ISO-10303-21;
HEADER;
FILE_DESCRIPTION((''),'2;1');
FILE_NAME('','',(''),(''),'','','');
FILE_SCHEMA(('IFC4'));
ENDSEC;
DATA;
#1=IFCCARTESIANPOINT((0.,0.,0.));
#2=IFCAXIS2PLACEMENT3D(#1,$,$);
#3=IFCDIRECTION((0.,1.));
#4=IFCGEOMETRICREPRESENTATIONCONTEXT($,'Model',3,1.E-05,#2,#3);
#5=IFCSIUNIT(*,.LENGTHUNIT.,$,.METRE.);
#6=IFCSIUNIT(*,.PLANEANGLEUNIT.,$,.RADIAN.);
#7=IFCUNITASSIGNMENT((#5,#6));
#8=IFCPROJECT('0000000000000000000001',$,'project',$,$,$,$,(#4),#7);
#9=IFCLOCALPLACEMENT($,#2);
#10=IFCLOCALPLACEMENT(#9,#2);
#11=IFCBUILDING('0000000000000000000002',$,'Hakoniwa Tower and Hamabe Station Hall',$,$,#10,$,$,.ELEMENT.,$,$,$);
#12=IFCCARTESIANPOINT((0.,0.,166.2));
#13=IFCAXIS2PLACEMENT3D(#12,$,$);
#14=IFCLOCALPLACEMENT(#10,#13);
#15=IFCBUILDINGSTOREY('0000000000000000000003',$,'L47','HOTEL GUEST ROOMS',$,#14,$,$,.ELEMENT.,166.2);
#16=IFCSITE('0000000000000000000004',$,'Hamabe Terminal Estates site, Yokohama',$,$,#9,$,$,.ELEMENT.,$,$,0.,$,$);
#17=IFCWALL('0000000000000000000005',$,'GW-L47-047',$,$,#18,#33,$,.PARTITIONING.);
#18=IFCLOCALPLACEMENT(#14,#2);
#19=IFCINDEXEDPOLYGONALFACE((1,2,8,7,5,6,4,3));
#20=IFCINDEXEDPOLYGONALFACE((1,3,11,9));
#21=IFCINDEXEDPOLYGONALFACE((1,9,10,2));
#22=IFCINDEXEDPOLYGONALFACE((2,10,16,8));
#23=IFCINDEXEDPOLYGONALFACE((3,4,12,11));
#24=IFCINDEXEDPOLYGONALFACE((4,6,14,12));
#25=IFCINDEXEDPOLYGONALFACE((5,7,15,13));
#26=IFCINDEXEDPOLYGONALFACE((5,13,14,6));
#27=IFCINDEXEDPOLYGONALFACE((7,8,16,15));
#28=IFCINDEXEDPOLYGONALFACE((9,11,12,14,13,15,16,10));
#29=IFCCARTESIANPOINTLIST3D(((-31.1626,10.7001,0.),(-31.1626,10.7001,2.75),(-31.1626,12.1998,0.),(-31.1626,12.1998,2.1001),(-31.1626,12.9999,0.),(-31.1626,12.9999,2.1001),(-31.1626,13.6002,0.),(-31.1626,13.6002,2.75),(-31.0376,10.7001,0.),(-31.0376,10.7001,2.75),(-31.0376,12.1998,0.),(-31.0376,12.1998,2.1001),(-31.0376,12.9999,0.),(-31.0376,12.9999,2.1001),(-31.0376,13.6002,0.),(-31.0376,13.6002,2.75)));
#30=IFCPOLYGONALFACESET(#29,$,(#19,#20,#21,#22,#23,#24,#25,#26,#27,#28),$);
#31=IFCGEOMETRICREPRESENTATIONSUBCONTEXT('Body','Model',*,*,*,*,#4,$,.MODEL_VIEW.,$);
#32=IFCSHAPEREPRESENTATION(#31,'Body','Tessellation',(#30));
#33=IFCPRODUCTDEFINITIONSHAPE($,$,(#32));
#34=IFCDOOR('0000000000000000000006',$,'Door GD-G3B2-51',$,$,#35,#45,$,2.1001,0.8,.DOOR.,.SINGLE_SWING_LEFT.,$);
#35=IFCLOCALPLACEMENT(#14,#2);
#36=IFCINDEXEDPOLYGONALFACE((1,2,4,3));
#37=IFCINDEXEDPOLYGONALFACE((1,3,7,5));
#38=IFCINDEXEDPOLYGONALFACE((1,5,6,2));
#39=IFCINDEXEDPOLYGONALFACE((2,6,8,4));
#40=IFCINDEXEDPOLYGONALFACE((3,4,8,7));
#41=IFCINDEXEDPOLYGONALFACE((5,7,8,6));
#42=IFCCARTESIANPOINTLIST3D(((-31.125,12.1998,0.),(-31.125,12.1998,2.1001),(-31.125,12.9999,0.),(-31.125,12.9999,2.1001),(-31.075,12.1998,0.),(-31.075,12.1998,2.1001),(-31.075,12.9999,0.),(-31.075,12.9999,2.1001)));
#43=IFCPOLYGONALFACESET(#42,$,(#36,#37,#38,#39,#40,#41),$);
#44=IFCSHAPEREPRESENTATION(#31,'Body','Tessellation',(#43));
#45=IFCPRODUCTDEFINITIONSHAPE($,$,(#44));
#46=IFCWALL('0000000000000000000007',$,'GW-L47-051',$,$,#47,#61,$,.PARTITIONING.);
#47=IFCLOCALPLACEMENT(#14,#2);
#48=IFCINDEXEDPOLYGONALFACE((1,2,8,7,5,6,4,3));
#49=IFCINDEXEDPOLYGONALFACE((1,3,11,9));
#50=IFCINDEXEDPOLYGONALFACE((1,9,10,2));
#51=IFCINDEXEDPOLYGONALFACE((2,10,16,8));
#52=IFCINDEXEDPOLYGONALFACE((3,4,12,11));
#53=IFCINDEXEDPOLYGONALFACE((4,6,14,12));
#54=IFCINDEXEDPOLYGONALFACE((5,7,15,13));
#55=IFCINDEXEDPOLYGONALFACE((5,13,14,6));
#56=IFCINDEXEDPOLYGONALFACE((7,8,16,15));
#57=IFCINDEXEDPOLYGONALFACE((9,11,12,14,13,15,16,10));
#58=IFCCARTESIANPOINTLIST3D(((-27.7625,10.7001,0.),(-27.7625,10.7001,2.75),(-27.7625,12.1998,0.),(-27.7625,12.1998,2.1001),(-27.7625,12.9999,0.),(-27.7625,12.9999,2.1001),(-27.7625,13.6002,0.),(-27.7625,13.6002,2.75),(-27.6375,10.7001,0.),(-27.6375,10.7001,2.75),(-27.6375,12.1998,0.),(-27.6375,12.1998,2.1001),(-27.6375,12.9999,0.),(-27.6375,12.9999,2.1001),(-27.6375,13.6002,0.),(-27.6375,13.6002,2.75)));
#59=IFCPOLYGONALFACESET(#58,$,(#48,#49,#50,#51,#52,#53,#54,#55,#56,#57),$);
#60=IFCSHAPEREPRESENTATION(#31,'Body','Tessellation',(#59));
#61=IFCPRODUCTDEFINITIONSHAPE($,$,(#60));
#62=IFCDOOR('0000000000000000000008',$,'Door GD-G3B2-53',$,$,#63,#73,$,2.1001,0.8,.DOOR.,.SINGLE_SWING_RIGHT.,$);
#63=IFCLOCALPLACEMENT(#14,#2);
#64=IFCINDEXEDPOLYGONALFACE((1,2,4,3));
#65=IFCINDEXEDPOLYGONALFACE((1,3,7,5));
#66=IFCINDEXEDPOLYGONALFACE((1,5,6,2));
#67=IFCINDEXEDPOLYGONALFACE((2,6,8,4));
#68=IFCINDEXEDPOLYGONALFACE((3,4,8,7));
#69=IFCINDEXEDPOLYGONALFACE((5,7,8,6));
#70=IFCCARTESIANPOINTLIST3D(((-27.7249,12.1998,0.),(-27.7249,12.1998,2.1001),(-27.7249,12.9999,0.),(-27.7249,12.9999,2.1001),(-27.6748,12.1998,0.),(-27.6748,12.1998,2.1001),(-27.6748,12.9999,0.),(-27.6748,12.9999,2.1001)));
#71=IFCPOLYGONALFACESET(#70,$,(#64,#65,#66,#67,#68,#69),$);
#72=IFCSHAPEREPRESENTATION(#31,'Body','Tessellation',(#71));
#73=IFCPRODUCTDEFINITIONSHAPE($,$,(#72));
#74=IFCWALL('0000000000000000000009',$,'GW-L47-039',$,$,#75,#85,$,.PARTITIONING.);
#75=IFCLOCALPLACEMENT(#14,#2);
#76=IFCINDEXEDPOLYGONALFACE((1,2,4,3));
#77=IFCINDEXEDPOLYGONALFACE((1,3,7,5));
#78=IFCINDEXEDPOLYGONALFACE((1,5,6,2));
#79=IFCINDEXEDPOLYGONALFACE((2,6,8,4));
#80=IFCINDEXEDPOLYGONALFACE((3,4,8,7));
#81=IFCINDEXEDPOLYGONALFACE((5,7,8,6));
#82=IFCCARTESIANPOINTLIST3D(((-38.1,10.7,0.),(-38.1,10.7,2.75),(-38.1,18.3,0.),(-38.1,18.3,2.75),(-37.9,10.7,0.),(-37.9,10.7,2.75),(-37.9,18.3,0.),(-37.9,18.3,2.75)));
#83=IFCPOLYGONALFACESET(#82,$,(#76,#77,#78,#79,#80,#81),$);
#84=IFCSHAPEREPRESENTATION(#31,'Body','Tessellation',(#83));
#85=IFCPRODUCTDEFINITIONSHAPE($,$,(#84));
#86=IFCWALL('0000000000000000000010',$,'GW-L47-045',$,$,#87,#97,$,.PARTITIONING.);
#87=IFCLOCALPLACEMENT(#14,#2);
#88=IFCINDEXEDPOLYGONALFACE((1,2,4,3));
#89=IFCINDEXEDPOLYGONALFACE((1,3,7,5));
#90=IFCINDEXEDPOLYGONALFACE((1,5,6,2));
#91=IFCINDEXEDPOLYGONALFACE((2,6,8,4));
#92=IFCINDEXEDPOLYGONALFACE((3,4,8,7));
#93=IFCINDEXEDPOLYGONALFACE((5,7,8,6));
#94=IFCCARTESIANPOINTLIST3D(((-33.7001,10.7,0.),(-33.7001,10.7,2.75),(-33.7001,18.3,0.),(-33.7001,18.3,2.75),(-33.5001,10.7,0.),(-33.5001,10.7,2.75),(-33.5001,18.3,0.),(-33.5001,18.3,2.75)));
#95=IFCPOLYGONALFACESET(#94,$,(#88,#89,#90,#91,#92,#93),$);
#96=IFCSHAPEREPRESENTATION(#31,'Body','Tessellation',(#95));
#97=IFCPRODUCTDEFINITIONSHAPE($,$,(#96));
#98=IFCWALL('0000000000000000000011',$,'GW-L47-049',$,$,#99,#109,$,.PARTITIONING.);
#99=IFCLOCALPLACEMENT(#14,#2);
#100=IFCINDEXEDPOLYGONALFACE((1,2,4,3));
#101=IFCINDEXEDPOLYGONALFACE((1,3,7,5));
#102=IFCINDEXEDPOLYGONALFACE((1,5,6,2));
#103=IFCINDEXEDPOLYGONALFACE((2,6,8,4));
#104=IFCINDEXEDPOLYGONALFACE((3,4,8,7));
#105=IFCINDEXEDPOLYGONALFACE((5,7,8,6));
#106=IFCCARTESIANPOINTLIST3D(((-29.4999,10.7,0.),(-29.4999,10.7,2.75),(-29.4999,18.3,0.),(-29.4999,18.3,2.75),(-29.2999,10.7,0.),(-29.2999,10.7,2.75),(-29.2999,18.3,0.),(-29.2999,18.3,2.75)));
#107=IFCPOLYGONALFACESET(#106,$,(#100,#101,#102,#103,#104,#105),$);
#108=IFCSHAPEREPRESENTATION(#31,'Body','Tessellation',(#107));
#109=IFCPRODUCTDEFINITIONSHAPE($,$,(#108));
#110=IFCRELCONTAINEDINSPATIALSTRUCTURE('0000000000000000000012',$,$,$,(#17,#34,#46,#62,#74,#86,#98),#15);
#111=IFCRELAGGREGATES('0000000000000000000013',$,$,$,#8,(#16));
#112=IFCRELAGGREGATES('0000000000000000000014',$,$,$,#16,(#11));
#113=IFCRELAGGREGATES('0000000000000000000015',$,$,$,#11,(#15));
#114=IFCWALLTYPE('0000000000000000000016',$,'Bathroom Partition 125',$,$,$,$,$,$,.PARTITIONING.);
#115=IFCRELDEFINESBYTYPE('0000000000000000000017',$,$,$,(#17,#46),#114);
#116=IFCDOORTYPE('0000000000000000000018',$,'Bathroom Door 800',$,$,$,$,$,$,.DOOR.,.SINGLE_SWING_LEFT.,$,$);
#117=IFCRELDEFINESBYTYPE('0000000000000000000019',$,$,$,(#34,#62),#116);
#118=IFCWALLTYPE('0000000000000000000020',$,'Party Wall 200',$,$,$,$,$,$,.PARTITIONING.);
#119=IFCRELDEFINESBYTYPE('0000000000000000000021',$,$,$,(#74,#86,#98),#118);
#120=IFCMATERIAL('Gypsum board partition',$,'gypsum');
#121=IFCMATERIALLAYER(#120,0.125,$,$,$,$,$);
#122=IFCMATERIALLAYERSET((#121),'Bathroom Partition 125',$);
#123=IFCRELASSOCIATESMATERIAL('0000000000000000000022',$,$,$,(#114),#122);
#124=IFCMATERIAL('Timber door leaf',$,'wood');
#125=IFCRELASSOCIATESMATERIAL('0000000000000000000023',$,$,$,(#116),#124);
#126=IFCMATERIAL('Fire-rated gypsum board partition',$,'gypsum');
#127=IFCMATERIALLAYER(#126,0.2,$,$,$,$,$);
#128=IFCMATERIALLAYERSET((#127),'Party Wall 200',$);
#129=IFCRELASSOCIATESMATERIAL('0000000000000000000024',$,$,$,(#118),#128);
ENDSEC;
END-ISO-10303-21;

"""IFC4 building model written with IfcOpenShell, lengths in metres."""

from ifc_helpers import new_model, si_unit, direction, frame, frame_2d, origin, place, context, subcontext, project, spatial, rectangle, extrude, material, layer, layer_set, type_object, element, fill, save


model = new_model("IFC4")

# Units and contexts
model_context = context("Model", 3, precision=1e-05, world=origin(), true_north=direction((0.0, 1.0)))
body_context = subcontext(model_context, "Body", "Model", "MODEL_VIEW")
ifc_project = project(units=[si_unit("LENGTHUNIT", "METRE"), si_unit("PLANEANGLEUNIT", "RADIAN")], contexts=[model_context])

# Site, building, storey
site_placement = place(None, origin())
site = spatial("IfcSite", under=ifc_project, at=site_placement, Name="Hamabe Terminal Estates site, Yokohama", CompositionType="ELEMENT", RefElevation=0.0)
building_placement = place(site_placement, origin())
building = spatial("IfcBuilding", under=site, at=building_placement, Name="Hakoniwa Tower and Hamabe Station Hall", CompositionType="ELEMENT")
storey_placement = place(building_placement, frame((0.0, 0.0, 166.2)))
storey = spatial("IfcBuildingStorey", under=building, at=storey_placement, Name="L47", Description="HOTEL GUEST ROOMS", CompositionType="ELEMENT", Elevation=166.2)

# Shared definitions
ifc_material_1 = material(Name="Gypsum board partition", Category="gypsum")
ifc_layer_1 = layer(ifc_material_1, 0.125)
ifc_layer_set_1 = layer_set([ifc_layer_1], Name="Bathroom Partition 125")
wall_type_1 = type_object("IfcWallType", Name="Bathroom Partition 125", PredefinedType="PARTITIONING", material=ifc_layer_set_1)

# Walls, openings, doors
ifc_material_2 = material(Name="Timber door leaf", Category="wood")
door_type = type_object("IfcDoorType", Name="Bathroom Door 800", OperationType="SINGLE_SWING_LEFT", PredefinedType="DOOR", material=ifc_material_2)
wall_1_placement = place(storey_placement, frame((-31.1001, 10.7, 0.0), z_axis=(0.0, 0.0, 1.0), x_axis=(0.0, 1.0, 0.0)))
wall_1 = element("IfcWall", 1, at=wall_1_placement, inside=storey, type_object=wall_type_1, Name="GW-L47-047", PredefinedType="PARTITIONING", context=body_context, shape_type="SweptSolid", body=[
    extrude(rectangle(XDim=2.9001, YDim=0.125, at=frame_2d((1.4502, 0.0))), origin(), (0.0, 0.0, 1.0), 2.75),
])
opening_1_placement = place(wall_1_placement, frame((1.5, 0.0, 0.0)))
opening_1 = element("IfcOpeningElement", 2, at=opening_1_placement, cuts=wall_1, PredefinedType="OPENING", context=body_context, shape_type="SweptSolid", body=[
    extrude(rectangle(XDim=0.8, YDim=2.1001, at=frame_2d((0.3999, 1.05))), frame((0.0, 0.0725, 0.0), z_axis=(0.0, -1.0, 0.0), x_axis=(1.0, 0.0, 0.0)), (0.0, 0.0, 1.0), 0.145),
])
door_1_placement = place(opening_1_placement, origin())
door_1 = element("IfcDoor", 3, at=door_1_placement, inside=storey, type_object=door_type, Name="Door GD-G3B2-51", OperationType="SINGLE_SWING_LEFT", OverallHeight=2.1001, OverallWidth=0.8, PredefinedType="DOOR", context=body_context, shape_type="SweptSolid", body=[
    extrude(rectangle(XDim=0.8, YDim=2.1001, at=frame_2d((0.3999, 1.05))), frame((0.0, 0.0249, 0.0), z_axis=(0.0, -1.0, 0.0), x_axis=(1.0, 0.0, 0.0)), (0.0, 0.0, 1.0), 0.05),
])
fill(opening_1, door_1)
wall_2_placement = place(storey_placement, frame((-27.7, 10.7, 0.0), z_axis=(0.0, 0.0, 1.0), x_axis=(0.0, 1.0, 0.0)))
wall_2 = element("IfcWall", 4, at=wall_2_placement, inside=storey, type_object=wall_type_1, Name="GW-L47-051", PredefinedType="PARTITIONING", context=body_context, shape_type="SweptSolid", body=[
    extrude(rectangle(XDim=2.9001, YDim=0.125, at=frame_2d((1.4502, 0.0))), origin(), (0.0, 0.0, 1.0), 2.75),
])
opening_2_placement = place(wall_2_placement, frame((1.5, 0.0, 0.0)))
opening_2 = element("IfcOpeningElement", 5, at=opening_2_placement, cuts=wall_2, PredefinedType="OPENING", context=body_context, shape_type="SweptSolid", body=[
    extrude(rectangle(XDim=0.8, YDim=2.1001, at=frame_2d((0.3999, 1.05))), frame((0.0, 0.0725, 0.0), z_axis=(0.0, -1.0, 0.0), x_axis=(1.0, 0.0, 0.0)), (0.0, 0.0, 1.0), 0.145),
])
door_2_placement = place(opening_2_placement, origin())
door_2 = element("IfcDoor", 6, at=door_2_placement, inside=storey, type_object=door_type, Name="Door GD-G3B2-53", OperationType="SINGLE_SWING_RIGHT", OverallHeight=2.1001, OverallWidth=0.8, PredefinedType="DOOR", context=body_context, shape_type="SweptSolid", body=[
    extrude(rectangle(XDim=0.8, YDim=2.1001, at=frame_2d((0.3999, 1.05))), frame((0.0, 0.0249, 0.0), z_axis=(0.0, -1.0, 0.0), x_axis=(1.0, 0.0, 0.0)), (0.0, 0.0, 1.0), 0.05),
])
fill(opening_2, door_2)

# Walls
ifc_material_3 = material(Name="Fire-rated gypsum board partition", Category="gypsum")
ifc_layer_2 = layer(ifc_material_3, 0.2)
ifc_layer_set_2 = layer_set([ifc_layer_2], Name="Party Wall 200")
wall_type_2 = type_object("IfcWallType", Name="Party Wall 200", PredefinedType="PARTITIONING", material=ifc_layer_set_2)
for number, where, z_axis, x_axis, name in (
    (7, (-38.0, 10.7, 0.0), (0.0, 0.0, 1.0), (0.0, 1.0, 0.0), "GW-L47-039"),
    (8, (-33.6001, 10.7, 0.0), (0.0, 0.0, 1.0), (0.0, 1.0, 0.0), "GW-L47-045"),
    (9, (-29.3999, 10.7, 0.0), (0.0, 0.0, 1.0), (0.0, 1.0, 0.0), "GW-L47-049"),
):
    element("IfcWall", number, at=place(storey_placement, frame(where, z_axis=z_axis, x_axis=x_axis)), inside=storey, type_object=wall_type_2, Name=name, PredefinedType="PARTITIONING", context=body_context, shape_type="SweptSolid", body=[
        extrude(rectangle(XDim=7.6001, YDim=0.2, at=frame_2d((3.8, 0.0))), origin(), (0.0, 0.0, 1.0), 2.75),
    ])

save(model, "model.ifc")
